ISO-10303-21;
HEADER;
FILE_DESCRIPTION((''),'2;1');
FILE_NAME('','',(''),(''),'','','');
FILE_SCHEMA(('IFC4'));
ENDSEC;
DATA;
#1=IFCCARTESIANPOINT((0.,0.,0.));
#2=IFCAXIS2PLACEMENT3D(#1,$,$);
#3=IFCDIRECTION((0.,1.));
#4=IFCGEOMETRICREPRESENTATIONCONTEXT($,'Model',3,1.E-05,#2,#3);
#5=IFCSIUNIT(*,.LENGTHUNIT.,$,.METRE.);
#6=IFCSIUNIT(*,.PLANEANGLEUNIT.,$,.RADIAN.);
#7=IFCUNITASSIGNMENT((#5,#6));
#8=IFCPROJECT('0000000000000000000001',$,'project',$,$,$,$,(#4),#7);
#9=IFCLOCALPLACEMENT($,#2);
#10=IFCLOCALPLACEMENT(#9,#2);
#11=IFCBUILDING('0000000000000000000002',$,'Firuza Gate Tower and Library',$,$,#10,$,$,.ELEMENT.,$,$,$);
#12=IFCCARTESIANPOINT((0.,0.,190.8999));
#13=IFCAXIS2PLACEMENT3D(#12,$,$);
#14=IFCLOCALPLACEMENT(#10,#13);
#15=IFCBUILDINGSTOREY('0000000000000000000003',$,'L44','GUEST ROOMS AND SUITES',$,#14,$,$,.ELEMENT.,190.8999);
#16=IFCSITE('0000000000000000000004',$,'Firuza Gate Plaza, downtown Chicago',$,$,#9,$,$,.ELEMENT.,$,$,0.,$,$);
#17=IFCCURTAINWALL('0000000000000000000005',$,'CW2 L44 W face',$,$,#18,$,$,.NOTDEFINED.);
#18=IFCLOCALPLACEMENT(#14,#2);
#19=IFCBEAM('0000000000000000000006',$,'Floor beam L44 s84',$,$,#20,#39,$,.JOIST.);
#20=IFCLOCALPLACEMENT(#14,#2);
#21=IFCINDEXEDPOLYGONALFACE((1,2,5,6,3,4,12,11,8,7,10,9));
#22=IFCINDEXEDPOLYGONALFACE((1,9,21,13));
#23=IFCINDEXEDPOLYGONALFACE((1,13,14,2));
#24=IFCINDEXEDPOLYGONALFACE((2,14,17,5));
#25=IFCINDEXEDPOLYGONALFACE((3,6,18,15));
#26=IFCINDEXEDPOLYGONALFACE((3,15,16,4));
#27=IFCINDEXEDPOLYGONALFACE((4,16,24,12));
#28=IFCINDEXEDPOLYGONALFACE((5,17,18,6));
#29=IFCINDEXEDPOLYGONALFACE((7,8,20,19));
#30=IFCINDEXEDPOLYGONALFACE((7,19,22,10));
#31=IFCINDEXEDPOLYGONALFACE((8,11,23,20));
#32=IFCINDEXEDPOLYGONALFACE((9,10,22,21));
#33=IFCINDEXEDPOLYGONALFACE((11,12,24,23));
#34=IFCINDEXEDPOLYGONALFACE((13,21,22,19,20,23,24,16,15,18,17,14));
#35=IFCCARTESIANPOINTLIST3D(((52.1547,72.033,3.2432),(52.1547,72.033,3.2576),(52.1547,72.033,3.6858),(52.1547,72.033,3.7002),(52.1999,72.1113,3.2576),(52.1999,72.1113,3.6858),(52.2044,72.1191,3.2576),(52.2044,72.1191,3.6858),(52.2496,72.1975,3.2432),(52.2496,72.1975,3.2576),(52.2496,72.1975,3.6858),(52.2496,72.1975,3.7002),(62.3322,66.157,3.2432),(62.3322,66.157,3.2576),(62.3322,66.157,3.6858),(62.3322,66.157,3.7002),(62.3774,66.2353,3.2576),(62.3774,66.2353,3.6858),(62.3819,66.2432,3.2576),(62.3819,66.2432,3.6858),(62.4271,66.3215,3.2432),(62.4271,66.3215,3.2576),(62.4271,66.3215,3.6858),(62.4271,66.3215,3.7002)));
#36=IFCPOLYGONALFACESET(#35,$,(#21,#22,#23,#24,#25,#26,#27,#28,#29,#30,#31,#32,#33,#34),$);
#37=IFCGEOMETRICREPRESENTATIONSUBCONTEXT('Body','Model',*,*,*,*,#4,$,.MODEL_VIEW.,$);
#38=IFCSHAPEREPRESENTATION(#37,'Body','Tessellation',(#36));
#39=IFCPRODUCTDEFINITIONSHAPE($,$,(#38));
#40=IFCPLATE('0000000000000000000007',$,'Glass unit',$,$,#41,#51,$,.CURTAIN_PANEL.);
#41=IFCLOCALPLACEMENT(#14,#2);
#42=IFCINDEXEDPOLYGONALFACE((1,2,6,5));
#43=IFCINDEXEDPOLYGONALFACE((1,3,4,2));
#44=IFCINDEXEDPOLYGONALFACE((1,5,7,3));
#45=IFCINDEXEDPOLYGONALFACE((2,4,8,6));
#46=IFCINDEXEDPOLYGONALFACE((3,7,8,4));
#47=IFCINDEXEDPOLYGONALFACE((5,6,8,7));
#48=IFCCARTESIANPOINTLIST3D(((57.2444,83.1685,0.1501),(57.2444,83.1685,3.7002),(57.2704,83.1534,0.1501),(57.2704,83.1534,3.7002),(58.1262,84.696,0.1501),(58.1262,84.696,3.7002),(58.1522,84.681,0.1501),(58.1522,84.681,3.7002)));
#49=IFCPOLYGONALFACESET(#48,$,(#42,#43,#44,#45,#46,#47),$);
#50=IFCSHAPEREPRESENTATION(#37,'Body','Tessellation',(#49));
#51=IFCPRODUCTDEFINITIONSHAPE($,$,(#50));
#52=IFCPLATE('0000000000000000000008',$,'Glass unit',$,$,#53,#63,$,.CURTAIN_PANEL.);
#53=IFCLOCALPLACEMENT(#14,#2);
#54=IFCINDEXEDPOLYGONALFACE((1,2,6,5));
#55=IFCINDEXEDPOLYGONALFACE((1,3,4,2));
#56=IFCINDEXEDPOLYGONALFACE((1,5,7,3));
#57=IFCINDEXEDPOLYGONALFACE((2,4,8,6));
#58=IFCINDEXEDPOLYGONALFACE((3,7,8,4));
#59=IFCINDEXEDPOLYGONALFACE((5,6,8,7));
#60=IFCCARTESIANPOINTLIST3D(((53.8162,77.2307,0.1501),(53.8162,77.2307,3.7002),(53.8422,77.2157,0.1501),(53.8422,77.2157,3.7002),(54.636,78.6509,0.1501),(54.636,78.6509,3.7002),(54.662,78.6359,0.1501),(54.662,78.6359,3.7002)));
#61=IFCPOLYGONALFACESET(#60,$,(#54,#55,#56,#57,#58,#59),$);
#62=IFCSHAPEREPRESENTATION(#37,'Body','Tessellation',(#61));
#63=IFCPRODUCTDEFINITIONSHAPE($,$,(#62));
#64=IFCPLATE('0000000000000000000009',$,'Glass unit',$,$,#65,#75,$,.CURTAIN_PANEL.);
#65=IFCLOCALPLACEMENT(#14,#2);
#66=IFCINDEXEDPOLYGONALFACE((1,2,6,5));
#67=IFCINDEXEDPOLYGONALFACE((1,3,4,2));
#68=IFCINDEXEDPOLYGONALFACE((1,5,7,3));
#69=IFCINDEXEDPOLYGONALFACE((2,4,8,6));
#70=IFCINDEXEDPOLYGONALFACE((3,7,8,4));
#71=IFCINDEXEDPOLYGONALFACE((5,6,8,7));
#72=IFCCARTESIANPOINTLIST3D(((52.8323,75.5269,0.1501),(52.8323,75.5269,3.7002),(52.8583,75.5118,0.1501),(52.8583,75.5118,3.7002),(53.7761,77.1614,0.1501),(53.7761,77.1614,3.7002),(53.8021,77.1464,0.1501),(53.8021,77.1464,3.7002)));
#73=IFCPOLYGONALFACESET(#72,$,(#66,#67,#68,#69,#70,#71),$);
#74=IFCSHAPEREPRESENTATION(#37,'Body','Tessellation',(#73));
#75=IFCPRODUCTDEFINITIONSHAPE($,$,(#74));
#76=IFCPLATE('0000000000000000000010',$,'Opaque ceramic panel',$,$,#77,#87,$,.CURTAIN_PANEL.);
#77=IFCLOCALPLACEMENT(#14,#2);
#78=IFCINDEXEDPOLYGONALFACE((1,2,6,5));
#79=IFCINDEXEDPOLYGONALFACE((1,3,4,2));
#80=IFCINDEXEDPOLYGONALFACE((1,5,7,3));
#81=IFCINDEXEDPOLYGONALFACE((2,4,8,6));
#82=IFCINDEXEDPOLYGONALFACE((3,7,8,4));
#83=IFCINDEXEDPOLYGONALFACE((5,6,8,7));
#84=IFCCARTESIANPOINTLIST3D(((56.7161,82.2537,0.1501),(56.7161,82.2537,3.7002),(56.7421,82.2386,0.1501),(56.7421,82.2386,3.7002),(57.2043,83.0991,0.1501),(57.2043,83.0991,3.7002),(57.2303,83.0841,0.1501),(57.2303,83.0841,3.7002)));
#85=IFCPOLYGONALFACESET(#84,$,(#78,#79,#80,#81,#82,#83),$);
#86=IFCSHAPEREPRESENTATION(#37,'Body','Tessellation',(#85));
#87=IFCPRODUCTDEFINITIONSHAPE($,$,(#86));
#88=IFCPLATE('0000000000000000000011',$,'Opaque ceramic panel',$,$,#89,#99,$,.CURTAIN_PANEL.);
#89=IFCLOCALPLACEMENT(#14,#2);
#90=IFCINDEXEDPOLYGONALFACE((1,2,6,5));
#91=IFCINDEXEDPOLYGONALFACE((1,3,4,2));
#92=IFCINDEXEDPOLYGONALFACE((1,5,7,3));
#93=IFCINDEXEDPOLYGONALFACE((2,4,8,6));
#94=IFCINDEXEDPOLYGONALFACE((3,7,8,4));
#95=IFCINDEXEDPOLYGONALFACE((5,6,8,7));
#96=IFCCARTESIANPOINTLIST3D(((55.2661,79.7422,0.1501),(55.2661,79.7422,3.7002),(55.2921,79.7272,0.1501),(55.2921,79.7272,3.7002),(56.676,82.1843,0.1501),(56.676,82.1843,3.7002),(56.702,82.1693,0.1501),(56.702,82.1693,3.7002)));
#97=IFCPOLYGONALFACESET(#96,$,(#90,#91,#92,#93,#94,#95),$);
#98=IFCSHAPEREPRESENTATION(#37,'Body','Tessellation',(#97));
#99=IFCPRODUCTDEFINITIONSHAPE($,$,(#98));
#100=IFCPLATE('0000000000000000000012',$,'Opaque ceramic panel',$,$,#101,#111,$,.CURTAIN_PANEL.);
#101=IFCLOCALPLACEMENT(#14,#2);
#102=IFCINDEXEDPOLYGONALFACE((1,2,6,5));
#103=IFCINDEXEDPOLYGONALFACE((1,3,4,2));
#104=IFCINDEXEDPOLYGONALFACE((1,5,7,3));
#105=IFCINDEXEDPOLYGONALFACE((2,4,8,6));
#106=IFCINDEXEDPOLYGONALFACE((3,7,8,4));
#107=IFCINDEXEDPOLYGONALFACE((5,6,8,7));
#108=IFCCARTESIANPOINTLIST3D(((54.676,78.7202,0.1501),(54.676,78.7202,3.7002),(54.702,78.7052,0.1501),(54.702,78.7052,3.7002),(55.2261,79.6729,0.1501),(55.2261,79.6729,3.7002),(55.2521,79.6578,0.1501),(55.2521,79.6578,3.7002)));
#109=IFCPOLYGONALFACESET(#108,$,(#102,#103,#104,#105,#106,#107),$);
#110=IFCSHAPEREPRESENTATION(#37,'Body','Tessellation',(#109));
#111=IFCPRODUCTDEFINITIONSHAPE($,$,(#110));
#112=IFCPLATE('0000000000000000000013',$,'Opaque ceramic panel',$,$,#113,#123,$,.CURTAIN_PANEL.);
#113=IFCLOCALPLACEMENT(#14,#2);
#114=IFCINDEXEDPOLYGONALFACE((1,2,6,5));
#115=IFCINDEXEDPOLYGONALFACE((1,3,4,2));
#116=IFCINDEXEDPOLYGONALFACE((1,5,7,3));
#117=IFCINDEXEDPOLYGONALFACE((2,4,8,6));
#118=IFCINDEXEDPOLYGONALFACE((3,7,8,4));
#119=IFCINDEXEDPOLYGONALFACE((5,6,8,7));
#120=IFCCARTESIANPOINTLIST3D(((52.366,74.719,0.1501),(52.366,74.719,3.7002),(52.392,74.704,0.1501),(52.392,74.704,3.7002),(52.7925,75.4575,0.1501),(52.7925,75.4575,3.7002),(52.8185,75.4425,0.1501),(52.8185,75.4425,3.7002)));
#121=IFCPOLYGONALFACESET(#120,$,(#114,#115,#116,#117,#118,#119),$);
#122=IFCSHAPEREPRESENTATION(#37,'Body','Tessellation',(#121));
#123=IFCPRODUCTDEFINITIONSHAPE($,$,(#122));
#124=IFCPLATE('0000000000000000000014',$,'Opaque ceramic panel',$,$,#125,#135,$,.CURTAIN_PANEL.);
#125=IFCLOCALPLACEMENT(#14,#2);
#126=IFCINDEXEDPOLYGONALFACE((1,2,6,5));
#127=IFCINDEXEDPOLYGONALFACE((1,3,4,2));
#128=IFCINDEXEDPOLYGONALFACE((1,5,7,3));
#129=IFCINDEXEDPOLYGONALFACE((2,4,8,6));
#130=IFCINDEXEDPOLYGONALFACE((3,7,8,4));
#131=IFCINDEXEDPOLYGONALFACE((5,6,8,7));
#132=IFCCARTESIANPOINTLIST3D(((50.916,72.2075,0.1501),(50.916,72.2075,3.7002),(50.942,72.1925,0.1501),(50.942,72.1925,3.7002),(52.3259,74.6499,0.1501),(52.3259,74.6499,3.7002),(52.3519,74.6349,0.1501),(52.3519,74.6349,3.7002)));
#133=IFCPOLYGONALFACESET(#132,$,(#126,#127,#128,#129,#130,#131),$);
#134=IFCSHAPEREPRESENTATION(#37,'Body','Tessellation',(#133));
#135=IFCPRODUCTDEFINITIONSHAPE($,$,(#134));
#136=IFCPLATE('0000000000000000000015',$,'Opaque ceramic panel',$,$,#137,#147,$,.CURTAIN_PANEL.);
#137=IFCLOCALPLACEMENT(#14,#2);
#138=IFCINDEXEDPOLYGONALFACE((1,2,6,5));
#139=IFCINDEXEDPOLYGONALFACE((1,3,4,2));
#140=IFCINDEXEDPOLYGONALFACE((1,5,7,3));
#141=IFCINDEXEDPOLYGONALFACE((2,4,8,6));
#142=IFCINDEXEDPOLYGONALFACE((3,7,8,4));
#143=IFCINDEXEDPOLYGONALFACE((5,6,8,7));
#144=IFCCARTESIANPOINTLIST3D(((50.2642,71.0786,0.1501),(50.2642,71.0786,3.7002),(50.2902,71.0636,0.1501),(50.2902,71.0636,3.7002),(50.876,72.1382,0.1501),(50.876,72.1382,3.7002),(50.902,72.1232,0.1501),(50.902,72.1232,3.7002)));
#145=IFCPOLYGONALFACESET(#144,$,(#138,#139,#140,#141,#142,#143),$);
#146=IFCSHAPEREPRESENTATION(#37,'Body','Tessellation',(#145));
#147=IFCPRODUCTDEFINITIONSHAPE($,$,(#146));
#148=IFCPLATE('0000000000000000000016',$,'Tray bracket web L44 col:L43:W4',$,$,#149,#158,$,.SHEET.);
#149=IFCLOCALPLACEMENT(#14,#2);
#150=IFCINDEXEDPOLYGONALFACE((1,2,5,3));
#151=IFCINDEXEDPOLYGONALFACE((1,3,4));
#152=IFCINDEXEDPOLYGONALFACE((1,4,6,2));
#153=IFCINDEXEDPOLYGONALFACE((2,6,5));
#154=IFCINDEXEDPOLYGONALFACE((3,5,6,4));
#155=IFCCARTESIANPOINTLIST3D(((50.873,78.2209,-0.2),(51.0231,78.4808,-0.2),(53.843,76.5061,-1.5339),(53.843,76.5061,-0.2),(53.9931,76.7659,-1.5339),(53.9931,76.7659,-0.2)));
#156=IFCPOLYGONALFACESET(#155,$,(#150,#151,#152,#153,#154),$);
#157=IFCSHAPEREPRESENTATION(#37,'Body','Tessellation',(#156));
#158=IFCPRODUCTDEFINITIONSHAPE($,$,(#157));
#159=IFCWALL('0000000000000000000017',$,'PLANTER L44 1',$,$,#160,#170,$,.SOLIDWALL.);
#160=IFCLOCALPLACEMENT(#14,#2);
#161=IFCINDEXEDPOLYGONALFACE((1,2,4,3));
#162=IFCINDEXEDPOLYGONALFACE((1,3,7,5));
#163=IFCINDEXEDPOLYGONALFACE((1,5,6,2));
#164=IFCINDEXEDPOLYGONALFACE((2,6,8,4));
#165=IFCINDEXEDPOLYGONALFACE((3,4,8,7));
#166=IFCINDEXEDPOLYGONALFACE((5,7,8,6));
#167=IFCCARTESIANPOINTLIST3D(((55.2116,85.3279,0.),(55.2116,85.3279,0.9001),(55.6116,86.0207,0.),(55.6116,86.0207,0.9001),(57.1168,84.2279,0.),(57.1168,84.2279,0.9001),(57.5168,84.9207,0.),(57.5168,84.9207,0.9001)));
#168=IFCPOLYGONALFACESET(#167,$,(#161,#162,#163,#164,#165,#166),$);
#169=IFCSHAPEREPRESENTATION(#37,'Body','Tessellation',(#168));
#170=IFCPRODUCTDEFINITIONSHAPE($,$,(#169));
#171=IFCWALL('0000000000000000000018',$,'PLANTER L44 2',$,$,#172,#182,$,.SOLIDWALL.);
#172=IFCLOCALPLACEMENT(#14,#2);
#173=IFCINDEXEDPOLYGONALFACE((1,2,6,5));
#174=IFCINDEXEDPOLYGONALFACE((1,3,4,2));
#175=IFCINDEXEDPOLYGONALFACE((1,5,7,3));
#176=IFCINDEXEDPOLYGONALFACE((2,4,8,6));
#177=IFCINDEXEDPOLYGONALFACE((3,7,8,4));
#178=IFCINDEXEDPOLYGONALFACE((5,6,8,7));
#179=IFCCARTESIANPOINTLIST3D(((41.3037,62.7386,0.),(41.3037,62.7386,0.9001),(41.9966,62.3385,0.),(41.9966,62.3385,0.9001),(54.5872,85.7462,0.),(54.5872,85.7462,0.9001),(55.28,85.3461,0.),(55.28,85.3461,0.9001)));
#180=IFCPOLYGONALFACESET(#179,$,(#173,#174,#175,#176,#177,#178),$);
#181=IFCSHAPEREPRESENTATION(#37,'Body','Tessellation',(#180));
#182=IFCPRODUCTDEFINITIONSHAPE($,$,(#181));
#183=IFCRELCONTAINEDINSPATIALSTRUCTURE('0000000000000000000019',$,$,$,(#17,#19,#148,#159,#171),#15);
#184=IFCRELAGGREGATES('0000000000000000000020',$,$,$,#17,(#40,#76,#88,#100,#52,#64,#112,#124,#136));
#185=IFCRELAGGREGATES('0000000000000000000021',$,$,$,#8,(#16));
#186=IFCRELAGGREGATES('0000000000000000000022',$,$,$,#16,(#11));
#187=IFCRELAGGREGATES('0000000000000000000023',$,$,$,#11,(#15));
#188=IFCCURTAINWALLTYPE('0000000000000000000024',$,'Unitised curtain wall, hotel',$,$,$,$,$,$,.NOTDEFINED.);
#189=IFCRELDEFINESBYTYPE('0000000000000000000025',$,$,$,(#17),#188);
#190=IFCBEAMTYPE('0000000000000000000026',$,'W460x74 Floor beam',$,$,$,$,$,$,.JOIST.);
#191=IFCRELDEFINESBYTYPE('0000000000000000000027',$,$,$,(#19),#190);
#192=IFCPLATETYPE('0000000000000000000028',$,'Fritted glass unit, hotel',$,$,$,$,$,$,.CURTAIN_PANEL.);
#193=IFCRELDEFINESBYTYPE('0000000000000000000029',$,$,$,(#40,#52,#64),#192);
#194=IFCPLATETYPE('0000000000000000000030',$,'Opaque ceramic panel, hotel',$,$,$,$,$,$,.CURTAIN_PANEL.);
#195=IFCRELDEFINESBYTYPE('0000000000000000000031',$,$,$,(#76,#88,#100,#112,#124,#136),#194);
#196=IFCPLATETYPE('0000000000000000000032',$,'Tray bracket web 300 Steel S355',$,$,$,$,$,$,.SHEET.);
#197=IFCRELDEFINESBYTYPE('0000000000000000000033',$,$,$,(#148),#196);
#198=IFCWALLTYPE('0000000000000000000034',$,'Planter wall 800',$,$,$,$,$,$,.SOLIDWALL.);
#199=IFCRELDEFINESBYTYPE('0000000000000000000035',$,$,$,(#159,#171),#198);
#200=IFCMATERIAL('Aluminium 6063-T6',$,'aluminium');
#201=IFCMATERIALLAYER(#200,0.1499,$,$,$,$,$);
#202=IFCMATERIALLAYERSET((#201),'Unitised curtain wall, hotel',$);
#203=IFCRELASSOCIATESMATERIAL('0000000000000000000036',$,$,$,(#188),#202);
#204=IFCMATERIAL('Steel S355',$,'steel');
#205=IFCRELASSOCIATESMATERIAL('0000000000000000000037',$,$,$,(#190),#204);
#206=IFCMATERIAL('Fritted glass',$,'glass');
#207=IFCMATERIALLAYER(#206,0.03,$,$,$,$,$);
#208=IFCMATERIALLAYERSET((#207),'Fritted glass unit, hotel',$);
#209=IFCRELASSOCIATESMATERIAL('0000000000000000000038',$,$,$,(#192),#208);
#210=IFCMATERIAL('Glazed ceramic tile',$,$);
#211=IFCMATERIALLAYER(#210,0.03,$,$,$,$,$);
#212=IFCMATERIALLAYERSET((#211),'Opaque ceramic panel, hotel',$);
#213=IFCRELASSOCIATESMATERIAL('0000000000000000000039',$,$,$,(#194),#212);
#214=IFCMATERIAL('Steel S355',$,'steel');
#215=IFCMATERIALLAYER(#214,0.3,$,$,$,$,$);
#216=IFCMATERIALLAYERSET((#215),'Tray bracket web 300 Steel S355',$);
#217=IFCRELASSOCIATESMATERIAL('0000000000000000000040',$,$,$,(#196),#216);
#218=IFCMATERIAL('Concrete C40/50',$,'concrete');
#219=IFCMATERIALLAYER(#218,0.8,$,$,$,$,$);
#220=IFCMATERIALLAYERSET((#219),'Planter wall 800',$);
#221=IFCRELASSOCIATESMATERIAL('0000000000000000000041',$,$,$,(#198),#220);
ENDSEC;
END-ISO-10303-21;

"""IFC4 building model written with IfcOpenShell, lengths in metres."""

from ifc_helpers import new_model, si_unit, direction, frame, frame_2d, origin, origin_2d, place, context, subcontext, project, spatial, polyline, rectangle, i_section, outline, extrude, material, layer, layer_set, material_profile, profile_set, type_object, element, aggregate, save


model = new_model("IFC4")

# Units and contexts
model_context = context("Model", 3, precision=1e-05, world=origin(), true_north=direction((0.0, 1.0)))
body_context = subcontext(model_context, "Body", "Model", "MODEL_VIEW")
ifc_project = project(units=[si_unit("LENGTHUNIT", "METRE"), si_unit("PLANEANGLEUNIT", "RADIAN")], contexts=[model_context])

# Site, building, storey
site_placement = place(None, origin())
site = spatial("IfcSite", under=ifc_project, at=site_placement, Name="Firuza Gate Plaza, downtown Chicago", CompositionType="ELEMENT", RefElevation=0.0)
building_placement = place(site_placement, origin())
building = spatial("IfcBuilding", under=site, at=building_placement, Name="Firuza Gate Tower and Library", CompositionType="ELEMENT")
storey_placement = place(building_placement, frame((0.0, 0.0, 190.8999)))
storey = spatial("IfcBuildingStorey", under=building, at=storey_placement, Name="L44", Description="GUEST ROOMS AND SUITES", CompositionType="ELEMENT", Elevation=190.8999)

# Curtain wall
ifc_material_1 = material(Name="Aluminium 6063-T6", Category="aluminium")
ifc_layer_1 = layer(ifc_material_1, 0.1499)
ifc_layer_set_1 = layer_set([ifc_layer_1], Name="Unitised curtain wall, hotel")
curtain_wall_type = type_object("IfcCurtainWallType", Name="Unitised curtain wall, hotel", PredefinedType="NOTDEFINED", material=ifc_layer_set_1)
curtain_wall_placement = place(storey_placement, origin())
curtain_wall = element("IfcCurtainWall", 1, at=curtain_wall_placement, inside=storey, type_object=curtain_wall_type, Name="CW2 L44 W face", PredefinedType="NOTDEFINED")

# Beam
ifc_material_2 = material(Name="Steel S355", Category="steel")
ifc_material_profile_1 = material_profile(ifc_material_2, i_section(OverallWidth=0.1899, OverallDepth=0.457, WebThickness=0.009, FlangeThickness=0.0144, at=origin_2d()))
ifc_profile_set_1 = profile_set([ifc_material_profile_1], Name="Steel S355")
beam_type_1 = type_object("IfcBeamType", Name="W460x74 Floor beam", PredefinedType="JOIST", material=ifc_profile_set_1)
beam_1_placement = place(storey_placement, frame((52.2021, 72.1152, 3.4717), z_axis=(0.866025, -0.5, 0.0), x_axis=(0.5, 0.866025, 0.0)))
element("IfcBeam", 2, at=beam_1_placement, inside=storey, type_object=beam_type_1, Name="Floor beam L44 s84", PredefinedType="JOIST", context=body_context, shape_type="SweptSolid", body=[
    extrude(i_section(OverallWidth=0.1899, OverallDepth=0.457, WebThickness=0.009, FlangeThickness=0.0144, at=origin_2d()), origin(), (0.0, 0.0, 1.0), 11.752),
])

# Plates
ifc_material_3 = material(Name="Fritted glass", Category="glass")
ifc_layer_2 = layer(ifc_material_3, 0.03)
ifc_layer_set_2 = layer_set([ifc_layer_2], Name="Fritted glass unit, hotel")
plate_type_1 = type_object("IfcPlateType", Name="Fritted glass unit, hotel", PredefinedType="CURTAIN_PANEL", material=ifc_layer_set_2)
plate_1_placement = place(storey_placement, frame((58.1262, 84.696, 0.1501), z_axis=(-0.866054, 0.49995, 0.0), x_axis=(-0.49995, -0.866054, 0.0)))
plate_1 = element("IfcPlate", 3, at=plate_1_placement, type_object=plate_type_1, Name="Glass unit", PredefinedType="CURTAIN_PANEL", context=body_context, shape_type="SweptSolid", body=[
    extrude(outline(polyline([(0.0, 0.0), (1.7638, 0.0), (1.7638, 3.55), (0.0, 3.55), (0.0, 0.0)])), origin(), (0.0, 0.0, -1.0), 0.03),
])
plate_2_placement = place(storey_placement, frame((54.636, 78.6509, 0.1501), z_axis=(-0.866054, 0.49995, 0.0), x_axis=(-0.49995, -0.866054, 0.0)))
plate_2 = element("IfcPlate", 4, at=plate_2_placement, type_object=plate_type_1, Name="Glass unit", PredefinedType="CURTAIN_PANEL", context=body_context, shape_type="SweptSolid", body=[
    extrude(outline(polyline([(0.0, 0.0), (1.6398, 0.0), (1.6398, 3.55), (0.0, 3.55), (0.0, 0.0)])), origin(), (0.0, 0.0, -1.0), 0.03),
])
plate_3_placement = place(storey_placement, frame((53.7761, 77.1614, 0.1501), z_axis=(-0.86599, 0.500062, 0.0), x_axis=(-0.500062, -0.86599, 0.0)))
plate_3 = element("IfcPlate", 5, at=plate_3_placement, type_object=plate_type_1, Name="Glass unit", PredefinedType="CURTAIN_PANEL", context=body_context, shape_type="SweptSolid", body=[
    extrude(outline(polyline([(0.0, 0.0), (1.8875, 0.0), (1.8875, 3.55), (0.0, 3.55), (0.0, 0.0)])), origin(), (0.0, 0.0, -1.0), 0.03),
])
ifc_material_4 = material(Name="Glazed ceramic tile")
ifc_layer_3 = layer(ifc_material_4, 0.03)
ifc_layer_set_3 = layer_set([ifc_layer_3], Name="Opaque ceramic panel, hotel")
plate_type_2 = type_object("IfcPlateType", Name="Opaque ceramic panel, hotel", PredefinedType="CURTAIN_PANEL", material=ifc_layer_set_3)
plate_4_placement = place(storey_placement, frame((57.2043, 83.0991, 0.1501), z_axis=(-0.865957, 0.500119, 0.0), x_axis=(-0.500119, -0.865957, 0.0)))
plate_4 = element("IfcPlate", 6, at=plate_4_placement, type_object=plate_type_2, Name="Opaque ceramic panel", PredefinedType="CURTAIN_PANEL", context=body_context, shape_type="SweptSolid", body=[
    extrude(outline(polyline([(0.0, 0.0), (0.9763, 0.0), (0.9763, 3.55), (0.0, 3.55), (0.0, 0.0)])), origin(), (0.0, 0.0, -1.0), 0.03),
])
plate_5_placement = place(storey_placement, frame((56.676, 82.1843, 0.1501), z_axis=(-0.866034, 0.499985, 0.0), x_axis=(-0.499985, -0.866034, 0.0)))
plate_5 = element("IfcPlate", 7, at=plate_5_placement, type_object=plate_type_2, Name="Opaque ceramic panel", PredefinedType="CURTAIN_PANEL", context=body_context, shape_type="SweptSolid", body=[
    extrude(outline(polyline([(0.0, 0.0), (2.8199, 0.0), (2.8199, 3.55), (0.0, 3.55), (0.0, 0.0)])), origin(), (0.0, 0.0, -1.0), 0.03),
])
plate_6_placement = place(storey_placement, frame((55.2261, 79.6729, 0.1501), z_axis=(-0.866008, 0.50003, 0.0), x_axis=(-0.50003, -0.866008, 0.0)))
plate_6 = element("IfcPlate", 8, at=plate_6_placement, type_object=plate_type_2, Name="Opaque ceramic panel", PredefinedType="CURTAIN_PANEL", context=body_context, shape_type="SweptSolid", body=[
    extrude(outline(polyline([(0.0, 0.0), (1.1, 0.0), (1.1, 3.55), (0.0, 3.55), (0.0, 0.0)])), origin(), (0.0, 0.0, -1.0), 0.03),
])
plate_7_placement = place(storey_placement, frame((52.7925, 75.4575, 0.1501), z_axis=(-0.865962, 0.500111, 0.0), x_axis=(-0.500111, -0.865962, 0.0)))
plate_7 = element("IfcPlate", 9, at=plate_7_placement, type_object=plate_type_2, Name="Opaque ceramic panel", PredefinedType="CURTAIN_PANEL", context=body_context, shape_type="SweptSolid", body=[
    extrude(outline(polyline([(0.0, 0.0), (0.8528, 0.0), (0.8528, 3.55), (0.0, 3.55), (0.0, 0.0)])), origin(), (0.0, 0.0, -1.0), 0.03),
])
plate_8_placement = place(storey_placement, frame((52.3259, 74.6499, 0.1501), z_axis=(-0.866056, 0.499947, 0.0), x_axis=(-0.499947, -0.866056, 0.0)))
plate_8 = element("IfcPlate", 10, at=plate_8_placement, type_object=plate_type_2, Name="Opaque ceramic panel", PredefinedType="CURTAIN_PANEL", context=body_context, shape_type="SweptSolid", body=[
    extrude(outline(polyline([(0.0, 0.0), (2.8201, 0.0), (2.8201, 3.55), (0.0, 3.55), (0.0, 0.0)])), origin(), (0.0, 0.0, -1.0), 0.03),
])
plate_9_placement = place(storey_placement, frame((50.876, 72.1382, 0.1501), z_axis=(-0.865999, 0.500045, 0.0), x_axis=(-0.500045, -0.865999, 0.0)))
plate_9 = element("IfcPlate", 11, at=plate_9_placement, type_object=plate_type_2, Name="Opaque ceramic panel", PredefinedType="CURTAIN_PANEL", context=body_context, shape_type="SweptSolid", body=[
    extrude(outline(polyline([(0.0, 0.0), (1.2235, 0.0), (1.2235, 3.55), (0.0, 3.55), (0.0, 0.0)])), origin(), (0.0, 0.0, -1.0), 0.03),
])
aggregate(curtain_wall, [plate_1, plate_4, plate_5, plate_6, plate_2, plate_3, plate_7, plate_8, plate_9])
ifc_material_5 = material(Name="Steel S355", Category="steel")
ifc_layer_4 = layer(ifc_material_5, 0.3)
ifc_layer_set_4 = layer_set([ifc_layer_4], Name="Tray bracket web 300 Steel S355")
plate_type_3 = type_object("IfcPlateType", Name="Tray bracket web 300 Steel S355", PredefinedType="SHEET", material=ifc_layer_set_4)
plate_10_placement = place(storey_placement, frame((53.843, 76.5061, -0.2), z_axis=(-0.500029, -0.866009, 0.0), x_axis=(-0.866009, 0.500029, 0.0)))
element("IfcPlate", 12, at=plate_10_placement, inside=storey, type_object=plate_type_3, Name="Tray bracket web L44 col:L43:W4", PredefinedType="SHEET", context=body_context, shape_type="SweptSolid", body=[
    extrude(outline(polyline([(0.0, 0.0), (3.4295, 0.0), (0.0, 1.334), (0.0, 0.0)])), origin(), (0.0, 0.0, -1.0), 0.3),
])

# Walls
ifc_material_6 = material(Name="Concrete C40/50", Category="concrete")
ifc_layer_5 = layer(ifc_material_6, 0.8)
ifc_layer_set_5 = layer_set([ifc_layer_5], Name="Planter wall 800")
wall_type = type_object("IfcWallType", Name="Planter wall 800", PredefinedType="SOLIDWALL", material=ifc_layer_set_5)
wall_1_placement = place(storey_placement, frame((57.3169, 84.5742, 0.0), z_axis=(0.0, 0.0, 1.0), x_axis=(-0.866008, 0.50003, 0.0)))
element("IfcWall", 13, at=wall_1_placement, inside=storey, type_object=wall_type, Name="PLANTER L44 1", PredefinedType="SOLIDWALL", context=body_context, shape_type="SweptSolid", body=[
    extrude(rectangle(XDim=2.2, YDim=0.8, at=frame_2d((1.1001, 0.0))), origin(), (0.0, 0.0, 1.0), 0.9001),
])
wall_2_placement = place(storey_placement, frame((54.9336, 85.5461, 0.0), z_axis=(0.0, 0.0, 1.0), x_axis=(-0.500001, -0.866025, 0.0)))
element("IfcWall", 14, at=wall_2_placement, inside=storey, type_object=wall_type, Name="PLANTER L44 2", PredefinedType="SOLIDWALL", context=body_context, shape_type="SweptSolid", body=[
    extrude(rectangle(XDim=26.5669, YDim=0.8, at=frame_2d((13.2834, 0.0))), origin(), (0.0, 0.0, 1.0), 0.9001),
])

save(model, "model.ifc")
